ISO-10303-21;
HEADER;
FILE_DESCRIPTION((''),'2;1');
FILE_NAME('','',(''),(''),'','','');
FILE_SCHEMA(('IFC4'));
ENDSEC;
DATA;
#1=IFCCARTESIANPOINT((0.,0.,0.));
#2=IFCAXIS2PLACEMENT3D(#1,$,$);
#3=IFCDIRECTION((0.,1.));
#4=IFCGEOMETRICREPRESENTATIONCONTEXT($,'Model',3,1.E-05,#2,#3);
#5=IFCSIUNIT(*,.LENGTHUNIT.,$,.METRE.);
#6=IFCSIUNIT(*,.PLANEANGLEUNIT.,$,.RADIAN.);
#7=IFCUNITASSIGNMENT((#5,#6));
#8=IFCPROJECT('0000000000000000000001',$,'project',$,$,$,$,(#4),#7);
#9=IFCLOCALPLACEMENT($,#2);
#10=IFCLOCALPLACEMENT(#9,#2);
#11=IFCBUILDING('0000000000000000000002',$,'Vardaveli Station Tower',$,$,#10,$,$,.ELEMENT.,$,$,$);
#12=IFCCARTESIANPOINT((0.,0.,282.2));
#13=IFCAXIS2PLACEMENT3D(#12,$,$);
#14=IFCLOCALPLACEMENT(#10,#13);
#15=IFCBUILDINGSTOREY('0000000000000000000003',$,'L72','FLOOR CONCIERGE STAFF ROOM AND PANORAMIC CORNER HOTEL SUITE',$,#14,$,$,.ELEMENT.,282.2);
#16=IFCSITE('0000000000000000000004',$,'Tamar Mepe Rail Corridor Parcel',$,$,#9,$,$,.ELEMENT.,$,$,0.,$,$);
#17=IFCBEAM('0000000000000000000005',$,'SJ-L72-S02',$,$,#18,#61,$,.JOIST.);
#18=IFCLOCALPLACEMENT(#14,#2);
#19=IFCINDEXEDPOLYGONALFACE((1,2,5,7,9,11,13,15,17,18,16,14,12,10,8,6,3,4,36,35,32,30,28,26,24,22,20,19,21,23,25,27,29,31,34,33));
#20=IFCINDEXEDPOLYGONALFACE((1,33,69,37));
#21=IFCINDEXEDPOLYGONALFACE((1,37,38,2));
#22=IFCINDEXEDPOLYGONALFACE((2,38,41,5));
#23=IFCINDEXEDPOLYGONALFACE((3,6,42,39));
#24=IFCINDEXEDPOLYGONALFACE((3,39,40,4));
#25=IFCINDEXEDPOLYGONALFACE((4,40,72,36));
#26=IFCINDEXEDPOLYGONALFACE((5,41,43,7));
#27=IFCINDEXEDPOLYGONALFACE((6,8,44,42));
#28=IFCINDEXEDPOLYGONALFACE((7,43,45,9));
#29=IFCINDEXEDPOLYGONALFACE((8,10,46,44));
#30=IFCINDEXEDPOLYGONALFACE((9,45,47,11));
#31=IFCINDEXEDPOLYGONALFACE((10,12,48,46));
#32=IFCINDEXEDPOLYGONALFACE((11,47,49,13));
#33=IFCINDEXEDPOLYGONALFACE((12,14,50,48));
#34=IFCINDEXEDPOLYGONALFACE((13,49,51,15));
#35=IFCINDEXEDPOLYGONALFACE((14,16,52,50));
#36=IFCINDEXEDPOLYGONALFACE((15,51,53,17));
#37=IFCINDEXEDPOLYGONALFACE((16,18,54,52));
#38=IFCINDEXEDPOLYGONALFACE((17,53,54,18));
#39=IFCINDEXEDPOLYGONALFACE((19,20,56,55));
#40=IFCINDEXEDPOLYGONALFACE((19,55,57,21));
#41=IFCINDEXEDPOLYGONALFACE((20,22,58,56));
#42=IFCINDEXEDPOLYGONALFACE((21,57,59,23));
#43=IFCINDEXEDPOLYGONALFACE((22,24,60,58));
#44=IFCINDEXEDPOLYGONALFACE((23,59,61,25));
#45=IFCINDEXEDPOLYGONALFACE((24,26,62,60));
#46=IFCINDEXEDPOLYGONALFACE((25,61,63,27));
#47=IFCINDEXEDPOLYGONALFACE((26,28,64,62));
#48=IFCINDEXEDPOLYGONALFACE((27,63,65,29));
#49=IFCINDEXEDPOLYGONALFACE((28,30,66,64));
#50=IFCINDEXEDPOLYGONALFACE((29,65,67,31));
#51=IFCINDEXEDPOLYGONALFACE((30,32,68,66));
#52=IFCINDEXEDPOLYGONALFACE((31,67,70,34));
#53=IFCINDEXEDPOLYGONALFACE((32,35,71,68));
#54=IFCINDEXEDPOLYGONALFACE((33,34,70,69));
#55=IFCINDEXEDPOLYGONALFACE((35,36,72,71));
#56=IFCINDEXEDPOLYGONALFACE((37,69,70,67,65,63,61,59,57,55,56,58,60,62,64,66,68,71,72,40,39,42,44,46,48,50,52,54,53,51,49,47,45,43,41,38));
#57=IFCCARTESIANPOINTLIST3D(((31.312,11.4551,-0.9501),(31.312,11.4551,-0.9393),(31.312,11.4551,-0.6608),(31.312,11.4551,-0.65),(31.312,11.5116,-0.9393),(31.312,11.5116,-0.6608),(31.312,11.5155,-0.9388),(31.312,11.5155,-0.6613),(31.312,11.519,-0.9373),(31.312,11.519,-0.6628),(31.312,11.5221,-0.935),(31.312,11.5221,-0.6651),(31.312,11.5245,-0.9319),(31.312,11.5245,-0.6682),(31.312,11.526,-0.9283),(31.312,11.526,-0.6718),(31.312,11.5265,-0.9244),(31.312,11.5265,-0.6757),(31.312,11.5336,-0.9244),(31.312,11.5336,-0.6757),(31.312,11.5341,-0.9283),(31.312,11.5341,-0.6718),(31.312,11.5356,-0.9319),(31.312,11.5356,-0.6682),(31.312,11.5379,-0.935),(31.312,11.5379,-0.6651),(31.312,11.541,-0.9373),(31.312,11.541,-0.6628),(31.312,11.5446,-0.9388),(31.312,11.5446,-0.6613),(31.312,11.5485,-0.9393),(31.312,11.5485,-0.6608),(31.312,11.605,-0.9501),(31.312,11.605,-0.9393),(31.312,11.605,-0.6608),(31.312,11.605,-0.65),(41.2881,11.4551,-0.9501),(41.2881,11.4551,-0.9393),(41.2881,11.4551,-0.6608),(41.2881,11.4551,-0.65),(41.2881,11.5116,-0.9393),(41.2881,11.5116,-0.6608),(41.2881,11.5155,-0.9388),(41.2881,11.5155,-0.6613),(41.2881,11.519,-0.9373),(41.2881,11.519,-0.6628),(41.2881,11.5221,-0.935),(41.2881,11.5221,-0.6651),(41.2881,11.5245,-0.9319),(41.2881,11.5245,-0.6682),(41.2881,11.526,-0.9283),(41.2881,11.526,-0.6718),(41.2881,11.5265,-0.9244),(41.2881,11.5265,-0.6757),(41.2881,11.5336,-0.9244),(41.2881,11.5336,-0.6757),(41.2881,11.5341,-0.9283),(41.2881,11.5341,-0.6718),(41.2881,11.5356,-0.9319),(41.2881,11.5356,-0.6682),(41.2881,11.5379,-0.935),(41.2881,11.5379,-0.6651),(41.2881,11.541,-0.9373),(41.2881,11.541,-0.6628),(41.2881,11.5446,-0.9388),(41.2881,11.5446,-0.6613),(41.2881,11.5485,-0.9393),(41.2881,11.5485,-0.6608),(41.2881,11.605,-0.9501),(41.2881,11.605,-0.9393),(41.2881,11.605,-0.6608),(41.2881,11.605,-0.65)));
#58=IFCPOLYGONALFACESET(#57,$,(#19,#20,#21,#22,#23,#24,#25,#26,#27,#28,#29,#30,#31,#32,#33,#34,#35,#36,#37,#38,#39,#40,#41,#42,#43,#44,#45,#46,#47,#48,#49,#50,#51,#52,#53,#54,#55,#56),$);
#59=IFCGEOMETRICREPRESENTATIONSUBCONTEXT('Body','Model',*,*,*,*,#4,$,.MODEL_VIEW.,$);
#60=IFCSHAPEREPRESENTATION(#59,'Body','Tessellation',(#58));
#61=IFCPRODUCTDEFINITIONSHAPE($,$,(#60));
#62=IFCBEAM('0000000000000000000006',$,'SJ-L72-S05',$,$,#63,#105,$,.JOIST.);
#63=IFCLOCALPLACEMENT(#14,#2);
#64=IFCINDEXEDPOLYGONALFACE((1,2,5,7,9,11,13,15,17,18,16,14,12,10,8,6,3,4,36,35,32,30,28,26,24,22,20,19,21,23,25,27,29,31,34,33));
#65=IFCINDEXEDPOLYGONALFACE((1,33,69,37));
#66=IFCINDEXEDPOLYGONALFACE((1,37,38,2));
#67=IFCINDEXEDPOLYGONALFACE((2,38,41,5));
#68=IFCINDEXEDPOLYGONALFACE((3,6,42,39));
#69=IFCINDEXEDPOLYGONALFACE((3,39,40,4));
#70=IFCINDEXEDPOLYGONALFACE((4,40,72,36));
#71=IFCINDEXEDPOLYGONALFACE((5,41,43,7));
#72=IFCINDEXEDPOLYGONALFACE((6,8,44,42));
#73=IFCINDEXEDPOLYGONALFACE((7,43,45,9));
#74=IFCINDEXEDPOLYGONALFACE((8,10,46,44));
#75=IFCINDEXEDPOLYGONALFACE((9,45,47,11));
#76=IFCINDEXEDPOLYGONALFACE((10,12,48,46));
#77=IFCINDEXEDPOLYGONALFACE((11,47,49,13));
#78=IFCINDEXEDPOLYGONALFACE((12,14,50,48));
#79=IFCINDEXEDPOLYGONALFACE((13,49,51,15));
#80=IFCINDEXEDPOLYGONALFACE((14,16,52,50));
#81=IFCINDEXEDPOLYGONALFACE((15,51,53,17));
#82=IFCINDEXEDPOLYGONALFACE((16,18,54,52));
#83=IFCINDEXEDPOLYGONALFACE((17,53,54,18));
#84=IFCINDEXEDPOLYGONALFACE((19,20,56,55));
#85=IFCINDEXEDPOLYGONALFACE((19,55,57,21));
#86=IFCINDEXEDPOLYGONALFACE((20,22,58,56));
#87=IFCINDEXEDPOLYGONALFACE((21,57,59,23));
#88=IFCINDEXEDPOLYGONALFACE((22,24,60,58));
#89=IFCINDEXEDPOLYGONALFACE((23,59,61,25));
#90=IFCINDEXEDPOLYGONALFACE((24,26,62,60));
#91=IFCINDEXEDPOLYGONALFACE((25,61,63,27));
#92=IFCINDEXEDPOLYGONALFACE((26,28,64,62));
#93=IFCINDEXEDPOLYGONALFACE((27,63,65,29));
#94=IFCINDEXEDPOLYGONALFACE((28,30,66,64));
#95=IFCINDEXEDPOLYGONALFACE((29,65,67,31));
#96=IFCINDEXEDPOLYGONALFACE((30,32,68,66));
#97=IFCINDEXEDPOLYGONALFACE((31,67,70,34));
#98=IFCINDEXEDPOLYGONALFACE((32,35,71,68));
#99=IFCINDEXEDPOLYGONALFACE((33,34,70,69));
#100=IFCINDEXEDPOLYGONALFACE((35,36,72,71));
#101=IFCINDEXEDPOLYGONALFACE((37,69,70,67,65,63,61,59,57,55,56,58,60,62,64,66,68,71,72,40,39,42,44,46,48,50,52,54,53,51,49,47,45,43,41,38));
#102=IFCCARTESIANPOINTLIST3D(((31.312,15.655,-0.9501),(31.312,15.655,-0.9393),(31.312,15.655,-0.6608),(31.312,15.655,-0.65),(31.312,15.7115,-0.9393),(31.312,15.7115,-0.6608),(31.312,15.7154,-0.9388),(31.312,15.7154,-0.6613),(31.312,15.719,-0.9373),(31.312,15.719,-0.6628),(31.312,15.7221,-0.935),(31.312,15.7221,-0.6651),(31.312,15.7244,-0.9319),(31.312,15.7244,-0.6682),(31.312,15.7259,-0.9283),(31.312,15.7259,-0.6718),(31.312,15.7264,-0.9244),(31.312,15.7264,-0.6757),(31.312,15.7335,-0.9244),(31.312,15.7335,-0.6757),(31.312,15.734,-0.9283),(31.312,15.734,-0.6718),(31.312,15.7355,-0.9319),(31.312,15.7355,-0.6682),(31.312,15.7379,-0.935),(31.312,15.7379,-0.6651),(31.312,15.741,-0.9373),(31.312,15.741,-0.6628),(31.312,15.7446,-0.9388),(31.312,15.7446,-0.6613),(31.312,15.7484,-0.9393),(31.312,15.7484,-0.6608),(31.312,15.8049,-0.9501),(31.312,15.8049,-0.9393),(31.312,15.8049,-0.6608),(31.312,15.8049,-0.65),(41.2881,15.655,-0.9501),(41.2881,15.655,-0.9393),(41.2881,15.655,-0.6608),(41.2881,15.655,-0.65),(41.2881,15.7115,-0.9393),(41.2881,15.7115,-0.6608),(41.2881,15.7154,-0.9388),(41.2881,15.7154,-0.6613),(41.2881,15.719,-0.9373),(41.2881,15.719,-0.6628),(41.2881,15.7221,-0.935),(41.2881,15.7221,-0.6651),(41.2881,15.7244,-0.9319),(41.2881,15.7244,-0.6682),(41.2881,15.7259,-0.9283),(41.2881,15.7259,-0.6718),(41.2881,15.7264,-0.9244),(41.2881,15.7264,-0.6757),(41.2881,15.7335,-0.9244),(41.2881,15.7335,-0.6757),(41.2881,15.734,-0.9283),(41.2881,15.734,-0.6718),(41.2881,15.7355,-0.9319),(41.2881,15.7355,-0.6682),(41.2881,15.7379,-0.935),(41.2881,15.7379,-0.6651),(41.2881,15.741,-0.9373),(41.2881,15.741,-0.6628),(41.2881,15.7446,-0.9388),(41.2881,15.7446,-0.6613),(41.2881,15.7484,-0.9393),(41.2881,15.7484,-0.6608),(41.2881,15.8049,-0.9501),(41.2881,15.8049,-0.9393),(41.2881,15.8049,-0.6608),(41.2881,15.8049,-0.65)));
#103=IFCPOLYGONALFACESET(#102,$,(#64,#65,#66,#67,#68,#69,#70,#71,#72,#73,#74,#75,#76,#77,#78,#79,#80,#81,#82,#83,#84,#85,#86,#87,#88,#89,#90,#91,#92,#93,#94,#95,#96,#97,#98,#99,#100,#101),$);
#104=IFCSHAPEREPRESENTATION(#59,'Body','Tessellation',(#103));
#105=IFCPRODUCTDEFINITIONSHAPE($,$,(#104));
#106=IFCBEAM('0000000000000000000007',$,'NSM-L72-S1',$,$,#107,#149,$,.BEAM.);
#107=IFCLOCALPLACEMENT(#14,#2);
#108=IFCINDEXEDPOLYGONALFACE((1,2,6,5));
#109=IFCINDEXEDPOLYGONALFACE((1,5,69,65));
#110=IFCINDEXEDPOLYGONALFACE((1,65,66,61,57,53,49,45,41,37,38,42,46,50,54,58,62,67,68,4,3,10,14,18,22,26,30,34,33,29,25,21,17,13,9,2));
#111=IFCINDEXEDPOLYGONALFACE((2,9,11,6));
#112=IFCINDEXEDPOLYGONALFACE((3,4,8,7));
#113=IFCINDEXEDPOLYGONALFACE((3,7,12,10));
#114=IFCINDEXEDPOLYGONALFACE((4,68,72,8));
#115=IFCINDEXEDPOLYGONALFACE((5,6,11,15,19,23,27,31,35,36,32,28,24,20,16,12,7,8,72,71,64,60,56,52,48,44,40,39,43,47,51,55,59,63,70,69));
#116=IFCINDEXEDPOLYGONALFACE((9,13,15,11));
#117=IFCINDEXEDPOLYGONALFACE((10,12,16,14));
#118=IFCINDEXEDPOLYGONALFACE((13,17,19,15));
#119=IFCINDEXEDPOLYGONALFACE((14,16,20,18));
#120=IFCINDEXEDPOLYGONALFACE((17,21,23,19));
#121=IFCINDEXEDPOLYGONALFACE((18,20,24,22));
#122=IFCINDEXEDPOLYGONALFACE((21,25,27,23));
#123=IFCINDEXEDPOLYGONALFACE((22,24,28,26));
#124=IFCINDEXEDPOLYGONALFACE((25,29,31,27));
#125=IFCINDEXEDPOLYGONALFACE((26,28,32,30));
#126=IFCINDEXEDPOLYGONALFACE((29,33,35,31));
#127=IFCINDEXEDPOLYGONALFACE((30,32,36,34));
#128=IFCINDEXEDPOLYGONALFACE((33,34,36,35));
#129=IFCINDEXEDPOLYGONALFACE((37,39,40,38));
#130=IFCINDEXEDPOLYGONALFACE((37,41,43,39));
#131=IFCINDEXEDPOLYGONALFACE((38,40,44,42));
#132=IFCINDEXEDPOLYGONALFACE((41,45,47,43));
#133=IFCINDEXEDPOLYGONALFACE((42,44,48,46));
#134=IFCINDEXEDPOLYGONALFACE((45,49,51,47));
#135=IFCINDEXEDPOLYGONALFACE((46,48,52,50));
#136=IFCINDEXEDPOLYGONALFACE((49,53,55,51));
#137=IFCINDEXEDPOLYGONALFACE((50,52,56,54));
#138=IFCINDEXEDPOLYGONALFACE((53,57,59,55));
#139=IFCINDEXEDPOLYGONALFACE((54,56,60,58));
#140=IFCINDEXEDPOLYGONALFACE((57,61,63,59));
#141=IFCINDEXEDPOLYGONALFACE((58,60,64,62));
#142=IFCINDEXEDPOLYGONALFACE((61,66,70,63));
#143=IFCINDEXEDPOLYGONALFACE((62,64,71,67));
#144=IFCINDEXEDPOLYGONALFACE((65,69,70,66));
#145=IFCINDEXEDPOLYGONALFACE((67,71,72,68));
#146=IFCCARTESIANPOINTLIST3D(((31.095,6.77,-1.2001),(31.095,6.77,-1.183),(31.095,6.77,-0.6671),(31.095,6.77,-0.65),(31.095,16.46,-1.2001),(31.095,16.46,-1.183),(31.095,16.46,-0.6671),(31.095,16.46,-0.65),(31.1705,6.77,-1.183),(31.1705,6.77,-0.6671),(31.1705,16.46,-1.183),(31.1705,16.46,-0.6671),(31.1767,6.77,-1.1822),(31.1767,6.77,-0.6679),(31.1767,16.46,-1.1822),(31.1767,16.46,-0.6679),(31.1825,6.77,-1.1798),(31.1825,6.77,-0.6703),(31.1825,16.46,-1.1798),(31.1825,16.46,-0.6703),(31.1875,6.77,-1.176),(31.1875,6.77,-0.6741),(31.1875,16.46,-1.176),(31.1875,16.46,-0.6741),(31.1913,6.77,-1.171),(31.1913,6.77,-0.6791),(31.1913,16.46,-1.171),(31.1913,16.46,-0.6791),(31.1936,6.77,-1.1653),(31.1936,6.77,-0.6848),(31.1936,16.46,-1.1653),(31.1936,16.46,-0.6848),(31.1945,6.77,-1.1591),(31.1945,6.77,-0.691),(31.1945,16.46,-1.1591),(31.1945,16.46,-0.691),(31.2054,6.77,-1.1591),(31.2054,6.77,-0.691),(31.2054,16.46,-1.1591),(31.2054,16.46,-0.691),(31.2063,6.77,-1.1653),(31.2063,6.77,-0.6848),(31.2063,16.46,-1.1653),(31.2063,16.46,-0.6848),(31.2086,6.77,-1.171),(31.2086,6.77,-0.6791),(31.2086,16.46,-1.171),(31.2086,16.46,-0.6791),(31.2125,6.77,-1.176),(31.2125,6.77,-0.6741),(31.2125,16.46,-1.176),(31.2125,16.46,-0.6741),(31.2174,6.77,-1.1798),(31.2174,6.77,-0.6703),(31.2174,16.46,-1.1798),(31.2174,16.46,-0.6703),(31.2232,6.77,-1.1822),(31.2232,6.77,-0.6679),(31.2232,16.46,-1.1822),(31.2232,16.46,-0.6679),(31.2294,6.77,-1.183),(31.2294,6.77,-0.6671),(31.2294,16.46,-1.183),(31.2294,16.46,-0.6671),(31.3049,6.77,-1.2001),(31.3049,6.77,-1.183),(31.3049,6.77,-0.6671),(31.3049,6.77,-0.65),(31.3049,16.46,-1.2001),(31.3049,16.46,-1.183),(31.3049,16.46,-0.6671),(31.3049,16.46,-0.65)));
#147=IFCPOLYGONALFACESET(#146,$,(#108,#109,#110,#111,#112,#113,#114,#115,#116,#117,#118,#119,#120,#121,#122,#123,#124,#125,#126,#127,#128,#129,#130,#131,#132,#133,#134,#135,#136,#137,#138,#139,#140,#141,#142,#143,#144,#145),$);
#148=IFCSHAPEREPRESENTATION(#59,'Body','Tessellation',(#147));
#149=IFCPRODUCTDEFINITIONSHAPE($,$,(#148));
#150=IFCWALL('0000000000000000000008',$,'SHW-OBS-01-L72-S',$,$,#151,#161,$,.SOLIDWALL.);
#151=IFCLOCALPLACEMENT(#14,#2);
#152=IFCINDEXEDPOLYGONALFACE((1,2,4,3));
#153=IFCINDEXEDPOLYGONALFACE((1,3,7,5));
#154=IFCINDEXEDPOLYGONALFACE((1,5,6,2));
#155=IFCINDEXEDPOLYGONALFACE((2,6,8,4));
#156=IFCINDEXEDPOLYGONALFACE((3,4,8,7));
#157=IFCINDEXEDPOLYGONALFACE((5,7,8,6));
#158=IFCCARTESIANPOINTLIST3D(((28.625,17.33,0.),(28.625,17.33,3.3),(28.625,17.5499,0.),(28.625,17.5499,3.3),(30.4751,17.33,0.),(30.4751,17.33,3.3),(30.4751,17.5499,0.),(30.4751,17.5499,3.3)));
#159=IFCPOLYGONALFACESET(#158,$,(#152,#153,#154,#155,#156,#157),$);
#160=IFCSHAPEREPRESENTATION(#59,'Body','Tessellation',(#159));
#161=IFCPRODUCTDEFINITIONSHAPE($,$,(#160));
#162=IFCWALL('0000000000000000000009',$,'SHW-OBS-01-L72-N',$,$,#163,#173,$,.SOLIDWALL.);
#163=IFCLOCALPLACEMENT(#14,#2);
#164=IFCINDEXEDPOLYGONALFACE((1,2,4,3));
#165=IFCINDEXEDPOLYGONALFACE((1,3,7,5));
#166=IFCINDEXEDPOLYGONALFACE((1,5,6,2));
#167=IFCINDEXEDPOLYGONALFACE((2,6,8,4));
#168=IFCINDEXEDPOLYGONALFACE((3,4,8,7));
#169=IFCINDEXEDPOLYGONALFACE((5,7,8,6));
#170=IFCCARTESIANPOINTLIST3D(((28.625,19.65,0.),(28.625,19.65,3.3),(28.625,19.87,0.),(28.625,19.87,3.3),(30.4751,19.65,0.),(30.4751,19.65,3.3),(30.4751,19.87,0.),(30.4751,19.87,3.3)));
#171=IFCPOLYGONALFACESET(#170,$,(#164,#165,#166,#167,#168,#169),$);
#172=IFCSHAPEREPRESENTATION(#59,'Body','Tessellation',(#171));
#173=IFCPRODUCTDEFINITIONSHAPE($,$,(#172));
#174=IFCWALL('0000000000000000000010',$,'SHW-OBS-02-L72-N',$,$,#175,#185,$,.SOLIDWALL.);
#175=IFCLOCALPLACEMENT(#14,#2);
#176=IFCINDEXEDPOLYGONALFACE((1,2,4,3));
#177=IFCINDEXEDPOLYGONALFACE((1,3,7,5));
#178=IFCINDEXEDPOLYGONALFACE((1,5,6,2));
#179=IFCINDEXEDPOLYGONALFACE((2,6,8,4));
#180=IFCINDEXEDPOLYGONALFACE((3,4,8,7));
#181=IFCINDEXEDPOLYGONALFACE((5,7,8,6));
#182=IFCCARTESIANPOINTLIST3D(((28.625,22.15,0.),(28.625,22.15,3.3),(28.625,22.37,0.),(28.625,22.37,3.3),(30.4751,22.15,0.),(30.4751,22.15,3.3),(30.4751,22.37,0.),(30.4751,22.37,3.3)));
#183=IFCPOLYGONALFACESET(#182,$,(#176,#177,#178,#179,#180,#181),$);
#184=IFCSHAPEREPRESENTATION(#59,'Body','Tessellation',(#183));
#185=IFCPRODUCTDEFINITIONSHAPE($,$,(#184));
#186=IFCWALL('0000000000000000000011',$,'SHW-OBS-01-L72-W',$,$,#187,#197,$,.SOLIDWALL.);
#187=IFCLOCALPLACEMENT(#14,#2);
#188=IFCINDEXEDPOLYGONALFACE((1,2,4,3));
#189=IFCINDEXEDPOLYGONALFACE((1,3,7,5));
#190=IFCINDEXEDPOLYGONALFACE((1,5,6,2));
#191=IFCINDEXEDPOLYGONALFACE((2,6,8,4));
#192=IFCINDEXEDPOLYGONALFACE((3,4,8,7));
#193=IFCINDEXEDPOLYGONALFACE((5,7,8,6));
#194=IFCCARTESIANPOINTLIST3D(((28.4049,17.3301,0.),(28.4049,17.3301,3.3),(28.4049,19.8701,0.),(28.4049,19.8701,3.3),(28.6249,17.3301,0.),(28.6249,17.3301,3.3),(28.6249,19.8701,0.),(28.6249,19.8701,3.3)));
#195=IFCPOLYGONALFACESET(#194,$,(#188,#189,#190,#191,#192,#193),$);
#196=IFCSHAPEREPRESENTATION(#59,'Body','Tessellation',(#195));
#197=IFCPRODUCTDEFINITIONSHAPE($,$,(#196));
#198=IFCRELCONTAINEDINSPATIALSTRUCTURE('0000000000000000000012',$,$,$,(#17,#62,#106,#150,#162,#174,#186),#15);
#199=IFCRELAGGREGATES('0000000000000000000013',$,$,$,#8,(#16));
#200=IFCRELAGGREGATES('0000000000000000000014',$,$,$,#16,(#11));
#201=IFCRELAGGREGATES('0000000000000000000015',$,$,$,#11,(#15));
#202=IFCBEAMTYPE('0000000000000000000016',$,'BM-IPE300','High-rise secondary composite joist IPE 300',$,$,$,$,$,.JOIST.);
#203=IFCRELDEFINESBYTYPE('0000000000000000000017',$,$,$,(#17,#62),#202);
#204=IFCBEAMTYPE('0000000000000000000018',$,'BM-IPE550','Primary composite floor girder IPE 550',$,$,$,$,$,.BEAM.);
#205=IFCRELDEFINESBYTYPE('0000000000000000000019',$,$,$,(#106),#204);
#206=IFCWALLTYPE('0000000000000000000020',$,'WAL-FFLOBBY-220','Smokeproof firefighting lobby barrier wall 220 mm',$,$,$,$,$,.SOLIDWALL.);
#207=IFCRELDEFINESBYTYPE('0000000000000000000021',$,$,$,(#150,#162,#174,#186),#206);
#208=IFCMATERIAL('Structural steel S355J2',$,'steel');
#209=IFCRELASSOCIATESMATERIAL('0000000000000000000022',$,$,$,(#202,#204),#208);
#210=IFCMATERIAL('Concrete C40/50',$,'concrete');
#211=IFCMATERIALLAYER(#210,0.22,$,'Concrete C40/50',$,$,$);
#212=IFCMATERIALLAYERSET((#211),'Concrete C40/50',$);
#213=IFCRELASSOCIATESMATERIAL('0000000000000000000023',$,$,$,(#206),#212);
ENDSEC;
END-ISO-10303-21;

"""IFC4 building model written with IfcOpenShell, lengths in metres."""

from ifc_helpers import new_model, si_unit, direction, frame, frame_2d, origin, origin_2d, place, context, subcontext, project, spatial, rectangle, i_section, extrude, source, transform, mapped, material, layer, layer_set, material_profile, profile_set, type_object, element, save


model = new_model("IFC4")

# Units and contexts
model_context = context("Model", 3, precision=1e-05, world=origin(), true_north=direction((0.0, 1.0)))
body_context = subcontext(model_context, "Body", "Model", "MODEL_VIEW")
ifc_project = project(units=[si_unit("LENGTHUNIT", "METRE"), si_unit("PLANEANGLEUNIT", "RADIAN")], contexts=[model_context])

# Site, building, storey
site_placement = place(None, origin())
site = spatial("IfcSite", under=ifc_project, at=site_placement, Name="Tamar Mepe Rail Corridor Parcel", CompositionType="ELEMENT", RefElevation=0.0)
building_placement = place(site_placement, origin())
building = spatial("IfcBuilding", under=site, at=building_placement, Name="Vardaveli Station Tower", CompositionType="ELEMENT")
storey_placement = place(building_placement, frame((0.0, 0.0, 282.2)))
storey = spatial("IfcBuildingStorey", under=building, at=storey_placement, Name="L72", Description="FLOOR CONCIERGE STAFF ROOM AND PANORAMIC CORNER HOTEL SUITE", CompositionType="ELEMENT", Elevation=282.2)

# Beams
ifc_material_1 = material(Name="Structural steel S355J2", Category="steel")
ifc_material_profile_1 = material_profile(ifc_material_1, i_section(OverallWidth=0.1499, OverallDepth=0.3, WebThickness=0.0071, FlangeThickness=0.0107, FilletRadius=0.0149, at=origin_2d()), Name="IPE 300")
ifc_profile_set_1 = profile_set([ifc_material_profile_1], Name="Structural steel S355J2")
beam_type_1 = type_object("IfcBeamType", Name="BM-IPE300", Description="High-rise secondary composite joist IPE 300", PredefinedType="JOIST", material=ifc_profile_set_1)
shared_shape_1 = source(origin(), body_context, "Body", "SweptSolid", [
    extrude(i_section(OverallWidth=0.1499, OverallDepth=0.3, WebThickness=0.0071, FlangeThickness=0.0107, FilletRadius=0.0149, at=origin_2d()), origin(), (0.0, 0.0, 1.0), 9.9761),
])
for number, where, z_axis, x_axis, name in (
    (1, (31.312, 11.53, -0.8), (1.0, 0.0, 0.0), (0.0, 1.0, 0.0), "SJ-L72-S02"),
    (2, (31.312, 15.73, -0.8), (1.0, 0.0, 0.0), (0.0, 1.0, 0.0), "SJ-L72-S05"),
):
    element("IfcBeam", number, at=place(storey_placement, frame(where, z_axis=z_axis, x_axis=x_axis)), inside=storey, type_object=beam_type_1, Name=name, PredefinedType="JOIST", context=body_context, shape_type="MappedRepresentation", body=[
        mapped(shared_shape_1, transform((0.0, 0.0, 0.0), scale=1.0)),
    ])
ifc_material_profile_2 = material_profile(ifc_material_1, i_section(OverallWidth=0.21, OverallDepth=0.55, WebThickness=0.011, FlangeThickness=0.0171, FilletRadius=0.0239, at=origin_2d()), Name="IPE 550")
ifc_profile_set_2 = profile_set([ifc_material_profile_2], Name="Structural steel S355J2")
beam_type_2 = type_object("IfcBeamType", Name="BM-IPE550", Description="Primary composite floor girder IPE 550", PredefinedType="BEAM", material=ifc_profile_set_2)
shared_shape_2 = source(origin(), body_context, "Body", "SweptSolid", [
    extrude(i_section(OverallWidth=0.21, OverallDepth=0.55, WebThickness=0.011, FlangeThickness=0.0171, FilletRadius=0.0239, at=origin_2d()), origin(), (0.0, 0.0, 1.0), 9.6899),
])
beam_1_placement = place(storey_placement, frame((31.2, 6.77, -0.925), z_axis=(0.0, 1.0, 0.0), x_axis=(-1.0, 0.0, 0.0)))
element("IfcBeam", 3, at=beam_1_placement, inside=storey, type_object=beam_type_2, Name="NSM-L72-S1", PredefinedType="BEAM", context=body_context, shape_type="MappedRepresentation", body=[
    mapped(shared_shape_2, transform((0.0, 0.0, 0.0), scale=1.0)),
])

# Walls
ifc_material_2 = material(Name="Concrete C40/50", Category="concrete")
ifc_layer_1 = layer(ifc_material_2, 0.22, Name="Concrete C40/50")
ifc_layer_set_1 = layer_set([ifc_layer_1], Name="Concrete C40/50")
wall_type_1 = type_object("IfcWallType", Name="WAL-FFLOBBY-220", Description="Smokeproof firefighting lobby barrier wall 220 mm", PredefinedType="SOLIDWALL", material=ifc_layer_set_1)
shared_shape_3 = source(origin(), body_context, "Body", "SweptSolid", [
    extrude(rectangle(XDim=1.8501, YDim=0.22, at=frame_2d((0.925, 0.0))), origin(), (0.0, 0.0, 1.0), 3.3),
])
for number, where, z_axis, x_axis, name in (
    (4, (28.625, 17.4399, 0.0), (0.0, 0.0, 1.0), (1.0, 0.0, 0.0), "SHW-OBS-01-L72-S"),
    (5, (28.625, 19.76, 0.0), (0.0, 0.0, 1.0), (1.0, 0.0, 0.0), "SHW-OBS-01-L72-N"),
    (6, (28.625, 22.26, 0.0), (0.0, 0.0, 1.0), (1.0, 0.0, 0.0), "SHW-OBS-02-L72-N"),
):
    element("IfcWall", number, at=place(storey_placement, frame(where, z_axis=z_axis, x_axis=x_axis)), inside=storey, type_object=wall_type_1, Name=name, PredefinedType="SOLIDWALL", context=body_context, shape_type="MappedRepresentation", body=[
        mapped(shared_shape_3, transform((0.0, 0.0, 0.0), scale=1.0)),
    ])
shared_shape_4 = source(origin(), body_context, "Body", "SweptSolid", [
    extrude(rectangle(XDim=2.54, YDim=0.22, at=frame_2d((1.27, 0.0))), origin(), (0.0, 0.0, 1.0), 3.3),
])
for number, where, z_axis, x_axis, name in (
    (7, (28.5149, 17.3301, 0.0), (0.0, 0.0, 1.0), (0.0, 1.0, 0.0), "SHW-OBS-01-L72-W"),
):
    element("IfcWall", number, at=place(storey_placement, frame(where, z_axis=z_axis, x_axis=x_axis)), inside=storey, type_object=wall_type_1, Name=name, PredefinedType="SOLIDWALL", context=body_context, shape_type="MappedRepresentation", body=[
        mapped(shared_shape_4, transform((0.0, 0.0, 0.0), scale=1.0)),
    ])

save(model, "model.ifc")
